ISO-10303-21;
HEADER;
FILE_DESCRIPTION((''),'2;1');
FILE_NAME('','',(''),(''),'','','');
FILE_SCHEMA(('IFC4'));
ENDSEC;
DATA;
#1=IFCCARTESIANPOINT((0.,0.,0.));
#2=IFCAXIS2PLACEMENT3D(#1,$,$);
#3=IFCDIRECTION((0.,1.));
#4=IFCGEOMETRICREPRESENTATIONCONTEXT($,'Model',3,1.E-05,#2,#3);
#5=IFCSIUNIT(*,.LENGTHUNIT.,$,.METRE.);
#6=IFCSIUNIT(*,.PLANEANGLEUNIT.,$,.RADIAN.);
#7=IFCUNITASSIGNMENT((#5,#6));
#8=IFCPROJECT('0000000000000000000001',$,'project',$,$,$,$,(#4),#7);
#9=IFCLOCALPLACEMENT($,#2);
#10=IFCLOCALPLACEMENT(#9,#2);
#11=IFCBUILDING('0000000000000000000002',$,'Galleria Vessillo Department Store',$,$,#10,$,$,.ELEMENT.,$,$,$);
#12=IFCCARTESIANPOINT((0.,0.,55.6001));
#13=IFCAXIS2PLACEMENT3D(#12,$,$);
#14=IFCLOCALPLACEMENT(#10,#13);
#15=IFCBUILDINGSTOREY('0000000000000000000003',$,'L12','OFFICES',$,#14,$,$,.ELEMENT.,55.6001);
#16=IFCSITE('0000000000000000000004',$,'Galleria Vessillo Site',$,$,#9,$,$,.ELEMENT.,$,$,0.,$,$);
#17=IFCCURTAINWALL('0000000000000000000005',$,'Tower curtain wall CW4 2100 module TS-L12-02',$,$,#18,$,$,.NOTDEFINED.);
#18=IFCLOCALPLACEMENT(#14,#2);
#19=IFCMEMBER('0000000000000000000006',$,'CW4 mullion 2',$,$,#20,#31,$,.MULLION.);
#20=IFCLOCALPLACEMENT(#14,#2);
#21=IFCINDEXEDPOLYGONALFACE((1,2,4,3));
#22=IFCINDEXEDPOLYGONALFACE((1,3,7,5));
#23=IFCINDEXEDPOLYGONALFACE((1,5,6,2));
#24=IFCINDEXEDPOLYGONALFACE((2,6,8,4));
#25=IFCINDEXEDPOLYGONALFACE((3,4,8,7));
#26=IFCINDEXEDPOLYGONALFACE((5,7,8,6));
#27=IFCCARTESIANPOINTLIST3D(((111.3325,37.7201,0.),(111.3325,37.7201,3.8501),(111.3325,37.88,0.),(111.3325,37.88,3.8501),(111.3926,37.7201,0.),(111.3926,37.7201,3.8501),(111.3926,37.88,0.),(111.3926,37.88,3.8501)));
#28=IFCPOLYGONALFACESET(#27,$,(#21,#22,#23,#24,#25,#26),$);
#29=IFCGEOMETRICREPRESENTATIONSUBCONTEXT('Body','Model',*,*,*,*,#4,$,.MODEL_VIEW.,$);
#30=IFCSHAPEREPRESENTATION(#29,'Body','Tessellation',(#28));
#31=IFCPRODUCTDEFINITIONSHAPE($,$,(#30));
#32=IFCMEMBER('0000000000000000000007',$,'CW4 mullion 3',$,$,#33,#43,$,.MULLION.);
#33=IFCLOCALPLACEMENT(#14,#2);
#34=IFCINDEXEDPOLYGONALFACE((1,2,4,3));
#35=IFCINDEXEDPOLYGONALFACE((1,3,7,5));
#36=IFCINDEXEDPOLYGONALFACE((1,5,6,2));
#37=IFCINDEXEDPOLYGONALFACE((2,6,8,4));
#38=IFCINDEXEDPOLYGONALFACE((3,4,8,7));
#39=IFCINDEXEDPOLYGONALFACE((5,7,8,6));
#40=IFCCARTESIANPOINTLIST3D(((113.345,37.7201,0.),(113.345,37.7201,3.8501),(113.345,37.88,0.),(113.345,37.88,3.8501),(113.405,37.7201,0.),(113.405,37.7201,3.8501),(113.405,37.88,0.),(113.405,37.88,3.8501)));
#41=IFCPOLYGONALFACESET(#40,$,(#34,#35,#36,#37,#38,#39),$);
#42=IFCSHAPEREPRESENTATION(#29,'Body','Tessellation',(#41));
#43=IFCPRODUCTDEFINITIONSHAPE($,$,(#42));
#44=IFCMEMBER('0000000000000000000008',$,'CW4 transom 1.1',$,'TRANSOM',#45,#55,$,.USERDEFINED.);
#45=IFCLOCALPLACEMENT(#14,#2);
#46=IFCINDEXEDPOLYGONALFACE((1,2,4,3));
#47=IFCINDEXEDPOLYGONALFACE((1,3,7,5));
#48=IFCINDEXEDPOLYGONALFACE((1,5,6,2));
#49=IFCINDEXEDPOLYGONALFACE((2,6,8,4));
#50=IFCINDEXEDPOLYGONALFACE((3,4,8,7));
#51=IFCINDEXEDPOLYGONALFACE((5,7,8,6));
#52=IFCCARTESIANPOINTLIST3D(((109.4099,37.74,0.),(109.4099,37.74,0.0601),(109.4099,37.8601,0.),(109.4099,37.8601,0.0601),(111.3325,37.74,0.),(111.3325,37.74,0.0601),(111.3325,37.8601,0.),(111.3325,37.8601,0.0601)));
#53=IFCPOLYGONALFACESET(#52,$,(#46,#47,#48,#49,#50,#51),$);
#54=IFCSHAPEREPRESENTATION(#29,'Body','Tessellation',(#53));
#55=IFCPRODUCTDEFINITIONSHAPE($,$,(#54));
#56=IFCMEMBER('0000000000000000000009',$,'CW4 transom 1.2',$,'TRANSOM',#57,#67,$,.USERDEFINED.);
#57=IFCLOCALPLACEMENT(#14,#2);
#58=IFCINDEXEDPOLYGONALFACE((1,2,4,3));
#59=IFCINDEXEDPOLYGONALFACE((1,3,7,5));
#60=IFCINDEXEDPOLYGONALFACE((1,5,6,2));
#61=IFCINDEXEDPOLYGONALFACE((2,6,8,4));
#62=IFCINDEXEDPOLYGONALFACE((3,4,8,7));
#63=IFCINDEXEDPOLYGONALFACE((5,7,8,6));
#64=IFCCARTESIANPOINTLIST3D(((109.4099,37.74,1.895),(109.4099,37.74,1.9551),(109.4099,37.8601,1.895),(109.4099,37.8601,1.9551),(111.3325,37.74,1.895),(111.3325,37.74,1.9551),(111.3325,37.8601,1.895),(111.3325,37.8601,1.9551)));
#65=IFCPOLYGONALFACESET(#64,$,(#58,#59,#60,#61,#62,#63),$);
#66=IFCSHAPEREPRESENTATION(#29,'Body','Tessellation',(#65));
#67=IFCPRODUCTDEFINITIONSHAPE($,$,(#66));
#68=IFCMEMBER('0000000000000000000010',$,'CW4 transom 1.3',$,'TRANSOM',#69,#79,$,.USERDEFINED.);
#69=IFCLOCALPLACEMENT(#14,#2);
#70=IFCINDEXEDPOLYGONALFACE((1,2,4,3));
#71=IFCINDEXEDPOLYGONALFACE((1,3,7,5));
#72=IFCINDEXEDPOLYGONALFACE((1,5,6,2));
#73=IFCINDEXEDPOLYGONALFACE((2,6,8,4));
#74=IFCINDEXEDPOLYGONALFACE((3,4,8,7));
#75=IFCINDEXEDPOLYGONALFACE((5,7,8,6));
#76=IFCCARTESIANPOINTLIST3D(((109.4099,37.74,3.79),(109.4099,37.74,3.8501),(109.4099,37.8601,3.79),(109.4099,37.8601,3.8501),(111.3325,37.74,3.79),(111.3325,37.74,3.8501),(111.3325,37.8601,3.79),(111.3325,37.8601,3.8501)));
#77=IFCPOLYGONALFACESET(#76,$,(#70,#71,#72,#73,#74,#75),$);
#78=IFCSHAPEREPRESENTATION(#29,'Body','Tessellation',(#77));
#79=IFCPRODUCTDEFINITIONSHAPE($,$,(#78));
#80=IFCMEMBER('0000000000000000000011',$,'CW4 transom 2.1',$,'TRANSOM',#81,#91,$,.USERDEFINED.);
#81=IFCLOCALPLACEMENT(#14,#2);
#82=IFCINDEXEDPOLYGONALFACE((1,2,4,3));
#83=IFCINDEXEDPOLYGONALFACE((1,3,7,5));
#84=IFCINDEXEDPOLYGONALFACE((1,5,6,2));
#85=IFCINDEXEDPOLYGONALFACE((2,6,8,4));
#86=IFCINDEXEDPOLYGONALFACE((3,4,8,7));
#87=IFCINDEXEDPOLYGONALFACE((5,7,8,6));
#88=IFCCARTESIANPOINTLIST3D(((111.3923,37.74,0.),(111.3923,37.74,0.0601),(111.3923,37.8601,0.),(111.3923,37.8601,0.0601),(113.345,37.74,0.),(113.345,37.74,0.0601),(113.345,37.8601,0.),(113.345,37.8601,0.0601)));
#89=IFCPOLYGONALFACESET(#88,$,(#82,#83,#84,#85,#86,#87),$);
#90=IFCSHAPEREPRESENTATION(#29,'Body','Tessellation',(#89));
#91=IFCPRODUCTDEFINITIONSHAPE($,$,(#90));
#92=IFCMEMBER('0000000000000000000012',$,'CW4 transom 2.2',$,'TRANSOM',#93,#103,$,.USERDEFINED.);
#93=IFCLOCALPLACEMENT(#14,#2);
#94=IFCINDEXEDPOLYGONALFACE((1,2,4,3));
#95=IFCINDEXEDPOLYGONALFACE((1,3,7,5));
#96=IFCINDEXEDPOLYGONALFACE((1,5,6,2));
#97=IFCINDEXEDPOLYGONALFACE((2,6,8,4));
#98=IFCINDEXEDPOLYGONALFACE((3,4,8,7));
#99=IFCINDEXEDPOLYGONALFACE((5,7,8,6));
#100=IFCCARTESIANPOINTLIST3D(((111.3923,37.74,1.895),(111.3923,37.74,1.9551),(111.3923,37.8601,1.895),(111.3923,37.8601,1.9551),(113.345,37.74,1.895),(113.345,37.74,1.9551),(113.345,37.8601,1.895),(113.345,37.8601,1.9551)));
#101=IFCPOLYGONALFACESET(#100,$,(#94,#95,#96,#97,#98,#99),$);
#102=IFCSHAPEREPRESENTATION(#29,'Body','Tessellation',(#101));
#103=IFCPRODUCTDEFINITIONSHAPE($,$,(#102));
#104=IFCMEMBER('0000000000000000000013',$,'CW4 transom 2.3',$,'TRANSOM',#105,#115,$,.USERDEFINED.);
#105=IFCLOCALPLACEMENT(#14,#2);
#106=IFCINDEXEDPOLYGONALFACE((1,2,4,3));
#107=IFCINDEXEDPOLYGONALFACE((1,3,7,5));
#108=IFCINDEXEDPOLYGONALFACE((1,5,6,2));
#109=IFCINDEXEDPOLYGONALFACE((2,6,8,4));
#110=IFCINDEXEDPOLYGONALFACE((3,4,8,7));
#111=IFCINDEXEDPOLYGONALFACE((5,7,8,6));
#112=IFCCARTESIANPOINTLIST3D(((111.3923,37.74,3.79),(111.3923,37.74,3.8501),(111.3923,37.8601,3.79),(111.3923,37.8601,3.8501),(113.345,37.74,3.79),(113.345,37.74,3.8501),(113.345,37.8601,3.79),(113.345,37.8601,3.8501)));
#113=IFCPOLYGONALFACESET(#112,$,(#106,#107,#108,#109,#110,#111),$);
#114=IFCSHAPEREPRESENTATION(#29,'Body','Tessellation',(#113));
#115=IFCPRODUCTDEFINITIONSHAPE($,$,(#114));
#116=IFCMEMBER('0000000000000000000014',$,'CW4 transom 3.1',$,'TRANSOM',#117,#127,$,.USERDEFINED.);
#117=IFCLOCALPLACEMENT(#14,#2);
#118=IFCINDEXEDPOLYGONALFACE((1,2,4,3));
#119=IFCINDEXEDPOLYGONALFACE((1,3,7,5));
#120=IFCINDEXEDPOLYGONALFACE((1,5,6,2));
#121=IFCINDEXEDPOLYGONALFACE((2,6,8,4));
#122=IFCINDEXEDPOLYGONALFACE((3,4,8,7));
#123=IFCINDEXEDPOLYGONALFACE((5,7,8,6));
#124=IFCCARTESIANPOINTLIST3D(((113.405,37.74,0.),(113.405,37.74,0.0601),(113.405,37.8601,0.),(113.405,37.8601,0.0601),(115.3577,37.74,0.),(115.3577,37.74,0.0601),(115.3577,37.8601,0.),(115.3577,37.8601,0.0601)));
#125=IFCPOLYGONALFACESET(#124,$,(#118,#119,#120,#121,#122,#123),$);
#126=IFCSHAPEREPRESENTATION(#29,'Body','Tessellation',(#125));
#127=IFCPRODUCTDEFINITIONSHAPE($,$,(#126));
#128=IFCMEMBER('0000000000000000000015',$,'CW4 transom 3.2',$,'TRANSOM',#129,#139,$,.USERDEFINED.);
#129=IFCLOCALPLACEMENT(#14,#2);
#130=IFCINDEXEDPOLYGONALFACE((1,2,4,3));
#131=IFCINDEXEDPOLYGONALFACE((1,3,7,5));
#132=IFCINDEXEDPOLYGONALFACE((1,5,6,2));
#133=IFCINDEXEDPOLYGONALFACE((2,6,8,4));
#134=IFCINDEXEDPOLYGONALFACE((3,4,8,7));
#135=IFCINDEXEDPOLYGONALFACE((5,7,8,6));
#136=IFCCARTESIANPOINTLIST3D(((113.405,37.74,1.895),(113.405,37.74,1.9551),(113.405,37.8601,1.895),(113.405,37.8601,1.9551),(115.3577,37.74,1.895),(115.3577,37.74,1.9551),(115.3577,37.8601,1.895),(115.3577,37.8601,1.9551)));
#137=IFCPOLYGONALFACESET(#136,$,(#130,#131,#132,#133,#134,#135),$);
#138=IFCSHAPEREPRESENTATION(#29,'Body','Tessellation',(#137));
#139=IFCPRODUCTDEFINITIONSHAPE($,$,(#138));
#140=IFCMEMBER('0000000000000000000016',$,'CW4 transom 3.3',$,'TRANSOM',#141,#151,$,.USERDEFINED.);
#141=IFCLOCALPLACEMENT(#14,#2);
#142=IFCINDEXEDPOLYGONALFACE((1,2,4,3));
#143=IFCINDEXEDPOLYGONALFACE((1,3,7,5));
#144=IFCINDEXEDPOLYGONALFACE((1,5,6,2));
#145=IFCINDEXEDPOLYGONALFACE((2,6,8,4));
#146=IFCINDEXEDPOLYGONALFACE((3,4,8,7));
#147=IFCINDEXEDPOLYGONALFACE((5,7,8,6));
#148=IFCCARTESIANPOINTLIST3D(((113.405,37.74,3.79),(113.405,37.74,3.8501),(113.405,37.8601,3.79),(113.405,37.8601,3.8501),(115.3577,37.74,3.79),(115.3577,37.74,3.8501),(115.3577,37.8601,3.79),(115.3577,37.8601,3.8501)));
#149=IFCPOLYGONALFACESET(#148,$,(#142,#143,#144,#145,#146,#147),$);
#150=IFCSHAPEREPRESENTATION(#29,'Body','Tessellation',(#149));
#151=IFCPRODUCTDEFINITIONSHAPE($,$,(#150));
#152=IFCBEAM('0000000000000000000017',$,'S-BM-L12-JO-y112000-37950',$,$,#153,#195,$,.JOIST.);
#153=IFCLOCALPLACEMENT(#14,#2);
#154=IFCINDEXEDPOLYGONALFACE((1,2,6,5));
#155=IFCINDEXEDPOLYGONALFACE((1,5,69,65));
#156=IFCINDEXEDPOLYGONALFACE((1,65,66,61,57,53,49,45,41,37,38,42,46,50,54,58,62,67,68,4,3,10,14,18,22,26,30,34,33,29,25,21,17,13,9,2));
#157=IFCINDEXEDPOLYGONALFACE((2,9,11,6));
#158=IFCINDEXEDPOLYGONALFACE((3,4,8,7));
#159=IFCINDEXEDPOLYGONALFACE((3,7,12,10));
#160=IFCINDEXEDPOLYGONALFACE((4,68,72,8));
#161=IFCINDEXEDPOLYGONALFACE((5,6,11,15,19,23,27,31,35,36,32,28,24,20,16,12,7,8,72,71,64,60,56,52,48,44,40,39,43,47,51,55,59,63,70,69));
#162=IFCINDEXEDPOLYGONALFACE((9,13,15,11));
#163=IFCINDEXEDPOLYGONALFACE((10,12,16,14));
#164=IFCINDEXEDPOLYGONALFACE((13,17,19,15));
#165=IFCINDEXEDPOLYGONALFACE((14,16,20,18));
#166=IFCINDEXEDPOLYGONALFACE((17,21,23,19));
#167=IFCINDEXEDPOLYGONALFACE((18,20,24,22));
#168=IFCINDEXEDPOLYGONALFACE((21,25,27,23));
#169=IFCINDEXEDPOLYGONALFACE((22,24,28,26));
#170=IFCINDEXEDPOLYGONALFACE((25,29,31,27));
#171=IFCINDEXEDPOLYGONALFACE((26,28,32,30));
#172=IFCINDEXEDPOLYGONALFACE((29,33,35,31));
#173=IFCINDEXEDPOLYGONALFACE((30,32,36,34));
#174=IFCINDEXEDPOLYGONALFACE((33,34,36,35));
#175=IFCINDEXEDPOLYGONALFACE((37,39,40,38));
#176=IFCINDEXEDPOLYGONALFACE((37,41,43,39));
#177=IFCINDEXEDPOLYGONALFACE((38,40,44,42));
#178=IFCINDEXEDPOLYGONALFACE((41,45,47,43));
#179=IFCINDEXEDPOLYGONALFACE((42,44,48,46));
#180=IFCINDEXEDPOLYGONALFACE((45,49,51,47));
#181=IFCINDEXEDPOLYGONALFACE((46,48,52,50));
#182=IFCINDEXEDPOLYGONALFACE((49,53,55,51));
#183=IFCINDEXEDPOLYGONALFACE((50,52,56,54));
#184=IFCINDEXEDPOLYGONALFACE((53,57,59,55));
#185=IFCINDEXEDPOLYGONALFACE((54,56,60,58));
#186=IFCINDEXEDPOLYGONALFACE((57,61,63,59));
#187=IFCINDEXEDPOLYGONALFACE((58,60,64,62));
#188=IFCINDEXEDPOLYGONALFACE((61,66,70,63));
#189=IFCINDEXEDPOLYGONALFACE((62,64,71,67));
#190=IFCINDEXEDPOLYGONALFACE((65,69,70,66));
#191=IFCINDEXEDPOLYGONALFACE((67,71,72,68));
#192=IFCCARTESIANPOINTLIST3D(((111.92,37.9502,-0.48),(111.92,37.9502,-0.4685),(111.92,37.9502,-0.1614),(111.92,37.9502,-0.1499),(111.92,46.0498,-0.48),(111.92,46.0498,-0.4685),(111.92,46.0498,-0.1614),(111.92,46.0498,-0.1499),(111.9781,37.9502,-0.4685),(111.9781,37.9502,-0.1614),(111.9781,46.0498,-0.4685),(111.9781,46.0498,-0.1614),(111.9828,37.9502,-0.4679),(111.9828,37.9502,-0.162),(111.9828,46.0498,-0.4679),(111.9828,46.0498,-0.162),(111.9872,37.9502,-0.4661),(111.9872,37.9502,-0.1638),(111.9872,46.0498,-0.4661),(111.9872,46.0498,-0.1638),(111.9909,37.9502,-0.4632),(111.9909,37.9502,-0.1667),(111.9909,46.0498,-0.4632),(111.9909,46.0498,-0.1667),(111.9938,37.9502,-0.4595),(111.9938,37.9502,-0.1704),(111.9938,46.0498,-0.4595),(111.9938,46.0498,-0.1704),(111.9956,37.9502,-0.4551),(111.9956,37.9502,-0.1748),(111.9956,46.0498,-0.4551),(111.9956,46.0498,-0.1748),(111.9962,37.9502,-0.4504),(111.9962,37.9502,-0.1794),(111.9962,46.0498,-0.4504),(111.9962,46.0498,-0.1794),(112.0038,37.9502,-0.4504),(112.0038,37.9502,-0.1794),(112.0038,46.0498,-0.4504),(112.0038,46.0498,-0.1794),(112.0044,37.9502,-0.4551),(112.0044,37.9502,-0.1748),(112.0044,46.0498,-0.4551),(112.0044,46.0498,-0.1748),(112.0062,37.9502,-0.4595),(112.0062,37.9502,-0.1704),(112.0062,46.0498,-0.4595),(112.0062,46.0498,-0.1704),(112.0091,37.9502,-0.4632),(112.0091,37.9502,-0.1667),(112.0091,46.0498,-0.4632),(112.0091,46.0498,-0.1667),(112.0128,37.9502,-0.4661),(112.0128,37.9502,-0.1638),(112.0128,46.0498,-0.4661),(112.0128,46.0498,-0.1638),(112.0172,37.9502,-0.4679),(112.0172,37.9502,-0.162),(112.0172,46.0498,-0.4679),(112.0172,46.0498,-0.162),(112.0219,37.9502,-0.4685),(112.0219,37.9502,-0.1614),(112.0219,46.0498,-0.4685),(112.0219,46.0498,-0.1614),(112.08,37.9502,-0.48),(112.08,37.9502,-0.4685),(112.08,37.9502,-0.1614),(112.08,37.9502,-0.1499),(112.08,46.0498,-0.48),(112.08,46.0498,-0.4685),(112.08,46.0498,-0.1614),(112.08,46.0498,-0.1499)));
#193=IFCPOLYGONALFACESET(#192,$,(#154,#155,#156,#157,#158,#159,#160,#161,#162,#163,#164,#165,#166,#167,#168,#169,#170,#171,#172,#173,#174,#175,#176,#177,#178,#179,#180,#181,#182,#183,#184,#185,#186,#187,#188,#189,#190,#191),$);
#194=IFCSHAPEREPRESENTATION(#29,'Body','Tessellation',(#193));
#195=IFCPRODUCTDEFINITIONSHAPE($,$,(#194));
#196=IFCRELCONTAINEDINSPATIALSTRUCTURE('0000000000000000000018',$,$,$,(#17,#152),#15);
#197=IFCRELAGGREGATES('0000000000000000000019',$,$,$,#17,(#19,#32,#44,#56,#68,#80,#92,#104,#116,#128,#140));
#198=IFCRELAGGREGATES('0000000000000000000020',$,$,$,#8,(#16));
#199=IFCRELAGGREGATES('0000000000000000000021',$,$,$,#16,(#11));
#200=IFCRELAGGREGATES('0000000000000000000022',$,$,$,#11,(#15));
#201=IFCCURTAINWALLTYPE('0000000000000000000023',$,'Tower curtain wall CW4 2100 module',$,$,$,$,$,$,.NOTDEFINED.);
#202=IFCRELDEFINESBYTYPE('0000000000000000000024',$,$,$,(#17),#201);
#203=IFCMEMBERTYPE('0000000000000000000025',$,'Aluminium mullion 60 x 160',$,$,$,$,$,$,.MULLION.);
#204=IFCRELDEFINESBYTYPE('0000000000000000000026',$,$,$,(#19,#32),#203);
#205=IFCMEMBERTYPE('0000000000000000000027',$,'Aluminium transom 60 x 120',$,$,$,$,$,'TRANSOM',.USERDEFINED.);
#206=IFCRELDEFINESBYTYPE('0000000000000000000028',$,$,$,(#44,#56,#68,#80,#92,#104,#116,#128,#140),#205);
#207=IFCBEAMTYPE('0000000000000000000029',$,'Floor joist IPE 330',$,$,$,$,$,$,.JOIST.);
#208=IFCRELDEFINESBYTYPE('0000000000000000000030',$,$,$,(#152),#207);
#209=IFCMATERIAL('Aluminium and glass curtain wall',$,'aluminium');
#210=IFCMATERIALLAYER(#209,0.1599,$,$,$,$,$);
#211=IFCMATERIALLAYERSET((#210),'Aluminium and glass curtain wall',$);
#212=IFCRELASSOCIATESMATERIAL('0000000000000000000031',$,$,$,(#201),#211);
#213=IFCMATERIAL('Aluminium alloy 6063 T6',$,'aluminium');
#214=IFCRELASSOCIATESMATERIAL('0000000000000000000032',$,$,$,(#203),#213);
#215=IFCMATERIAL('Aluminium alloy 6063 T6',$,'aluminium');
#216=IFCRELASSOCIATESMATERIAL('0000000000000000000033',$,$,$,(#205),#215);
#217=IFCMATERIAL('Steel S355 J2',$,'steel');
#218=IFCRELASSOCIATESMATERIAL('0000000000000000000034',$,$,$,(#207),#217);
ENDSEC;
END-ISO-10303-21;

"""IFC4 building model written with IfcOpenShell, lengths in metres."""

from ifc_helpers import new_model, si_unit, direction, frame, origin, origin_2d, place, context, subcontext, project, spatial, rectangle, i_section, extrude, material, layer, layer_set, material_profile, profile_set, type_object, element, aggregate, save


model = new_model("IFC4")

# Units and contexts
model_context = context("Model", 3, precision=1e-05, world=origin(), true_north=direction((0.0, 1.0)))
body_context = subcontext(model_context, "Body", "Model", "MODEL_VIEW")
ifc_project = project(units=[si_unit("LENGTHUNIT", "METRE"), si_unit("PLANEANGLEUNIT", "RADIAN")], contexts=[model_context])

# Site, building, storey
site_placement = place(None, origin())
site = spatial("IfcSite", under=ifc_project, at=site_placement, Name="Galleria Vessillo Site", CompositionType="ELEMENT", RefElevation=0.0)
building_placement = place(site_placement, origin())
building = spatial("IfcBuilding", under=site, at=building_placement, Name="Galleria Vessillo Department Store", CompositionType="ELEMENT")
storey_placement = place(building_placement, frame((0.0, 0.0, 55.6001)))
storey = spatial("IfcBuildingStorey", under=building, at=storey_placement, Name="L12", Description="OFFICES", CompositionType="ELEMENT", Elevation=55.6001)

# Curtain wall, members
ifc_material_1 = material(Name="Aluminium and glass curtain wall", Category="aluminium")
ifc_layer_1 = layer(ifc_material_1, 0.1599)
ifc_layer_set_1 = layer_set([ifc_layer_1], Name="Aluminium and glass curtain wall")
curtain_wall_type = type_object("IfcCurtainWallType", Name="Tower curtain wall CW4 2100 module", PredefinedType="NOTDEFINED", material=ifc_layer_set_1)
curtain_wall_placement = place(storey_placement, origin())
curtain_wall = element("IfcCurtainWall", 1, at=curtain_wall_placement, inside=storey, type_object=curtain_wall_type, Name="Tower curtain wall CW4 2100 module TS-L12-02", PredefinedType="NOTDEFINED")
ifc_material_2 = material(Name="Aluminium alloy 6063 T6", Category="aluminium")
ifc_material_profile_1 = material_profile(ifc_material_2, rectangle(XDim=0.1599, YDim=0.0601, at=origin_2d()), Name="AL 60x160")
ifc_profile_set_1 = profile_set([ifc_material_profile_1], Name="Aluminium alloy 6063 T6")
member_type_1 = type_object("IfcMemberType", Name="Aluminium mullion 60 x 160", PredefinedType="MULLION", material=ifc_profile_set_1)
member_1_placement = place(storey_placement, frame((111.3625, 37.8, 0.0), z_axis=(0.0, 0.0, 1.0), x_axis=(0.0, 1.0, 0.0)))
member_1 = element("IfcMember", 2, at=member_1_placement, type_object=member_type_1, Name="CW4 mullion 2", PredefinedType="MULLION", context=body_context, shape_type="SweptSolid", body=[
    extrude(rectangle(XDim=0.1599, YDim=0.0601, at=origin_2d()), origin(), (0.0, 0.0, 1.0), 3.8501),
])
member_2_placement = place(storey_placement, frame((113.375, 37.8, 0.0), z_axis=(0.0, 0.0, 1.0), x_axis=(0.0, 1.0, 0.0)))
member_2 = element("IfcMember", 3, at=member_2_placement, type_object=member_type_1, Name="CW4 mullion 3", PredefinedType="MULLION", context=body_context, shape_type="SweptSolid", body=[
    extrude(rectangle(XDim=0.1599, YDim=0.0601, at=origin_2d()), origin(), (0.0, 0.0, 1.0), 3.8501),
])
ifc_material_3 = material(Name="Aluminium alloy 6063 T6", Category="aluminium")
ifc_material_profile_2 = material_profile(ifc_material_3, rectangle(XDim=0.1201, YDim=0.0601, at=origin_2d()), Name="AL 60x120")
ifc_profile_set_2 = profile_set([ifc_material_profile_2], Name="Aluminium alloy 6063 T6")
member_type_2 = type_object("IfcMemberType", Name="Aluminium transom 60 x 120", ElementType="TRANSOM", PredefinedType="USERDEFINED", material=ifc_profile_set_2)
member_3_placement = place(storey_placement, frame((109.4099, 37.8, 0.03), z_axis=(1.0, 0.0, 0.0), x_axis=(0.0, 1.0, 0.0)))
member_3 = element("IfcMember", 4, at=member_3_placement, type_object=member_type_2, Name="CW4 transom 1.1", ObjectType="TRANSOM", PredefinedType="USERDEFINED", context=body_context, shape_type="SweptSolid", body=[
    extrude(rectangle(XDim=0.1201, YDim=0.0601, at=origin_2d()), origin(), (0.0, 0.0, 1.0), 1.9226),
])
member_4_placement = place(storey_placement, frame((109.4099, 37.8, 1.925), z_axis=(1.0, 0.0, 0.0), x_axis=(0.0, 1.0, 0.0)))
member_4 = element("IfcMember", 5, at=member_4_placement, type_object=member_type_2, Name="CW4 transom 1.2", ObjectType="TRANSOM", PredefinedType="USERDEFINED", context=body_context, shape_type="SweptSolid", body=[
    extrude(rectangle(XDim=0.1201, YDim=0.0601, at=origin_2d()), origin(), (0.0, 0.0, 1.0), 1.9226),
])
member_5_placement = place(storey_placement, frame((109.4099, 37.8, 3.8201), z_axis=(1.0, 0.0, 0.0), x_axis=(0.0, 1.0, 0.0)))
member_5 = element("IfcMember", 6, at=member_5_placement, type_object=member_type_2, Name="CW4 transom 1.3", ObjectType="TRANSOM", PredefinedType="USERDEFINED", context=body_context, shape_type="SweptSolid", body=[
    extrude(rectangle(XDim=0.1201, YDim=0.0601, at=origin_2d()), origin(), (0.0, 0.0, 1.0), 1.9226),
])
member_6_placement = place(storey_placement, frame((111.3923, 37.8, 0.03), z_axis=(1.0, 0.0, 0.0), x_axis=(0.0, 1.0, 0.0)))
member_6 = element("IfcMember", 7, at=member_6_placement, type_object=member_type_2, Name="CW4 transom 2.1", ObjectType="TRANSOM", PredefinedType="USERDEFINED", context=body_context, shape_type="SweptSolid", body=[
    extrude(rectangle(XDim=0.1201, YDim=0.0601, at=origin_2d()), origin(), (0.0, 0.0, 1.0), 1.9526),
])
member_7_placement = place(storey_placement, frame((111.3923, 37.8, 1.925), z_axis=(1.0, 0.0, 0.0), x_axis=(0.0, 1.0, 0.0)))
member_7 = element("IfcMember", 8, at=member_7_placement, type_object=member_type_2, Name="CW4 transom 2.2", ObjectType="TRANSOM", PredefinedType="USERDEFINED", context=body_context, shape_type="SweptSolid", body=[
    extrude(rectangle(XDim=0.1201, YDim=0.0601, at=origin_2d()), origin(), (0.0, 0.0, 1.0), 1.9526),
])
member_8_placement = place(storey_placement, frame((111.3923, 37.8, 3.8201), z_axis=(1.0, 0.0, 0.0), x_axis=(0.0, 1.0, 0.0)))
member_8 = element("IfcMember", 9, at=member_8_placement, type_object=member_type_2, Name="CW4 transom 2.3", ObjectType="TRANSOM", PredefinedType="USERDEFINED", context=body_context, shape_type="SweptSolid", body=[
    extrude(rectangle(XDim=0.1201, YDim=0.0601, at=origin_2d()), origin(), (0.0, 0.0, 1.0), 1.9526),
])
member_9_placement = place(storey_placement, frame((113.405, 37.8, 0.03), z_axis=(1.0, 0.0, 0.0), x_axis=(0.0, 1.0, 0.0)))
member_9 = element("IfcMember", 10, at=member_9_placement, type_object=member_type_2, Name="CW4 transom 3.1", ObjectType="TRANSOM", PredefinedType="USERDEFINED", context=body_context, shape_type="SweptSolid", body=[
    extrude(rectangle(XDim=0.1201, YDim=0.0601, at=origin_2d()), origin(), (0.0, 0.0, 1.0), 1.9526),
])
member_10_placement = place(storey_placement, frame((113.405, 37.8, 1.925), z_axis=(1.0, 0.0, 0.0), x_axis=(0.0, 1.0, 0.0)))
member_10 = element("IfcMember", 11, at=member_10_placement, type_object=member_type_2, Name="CW4 transom 3.2", ObjectType="TRANSOM", PredefinedType="USERDEFINED", context=body_context, shape_type="SweptSolid", body=[
    extrude(rectangle(XDim=0.1201, YDim=0.0601, at=origin_2d()), origin(), (0.0, 0.0, 1.0), 1.9526),
])
member_11_placement = place(storey_placement, frame((113.405, 37.8, 3.8201), z_axis=(1.0, 0.0, 0.0), x_axis=(0.0, 1.0, 0.0)))
member_11 = element("IfcMember", 12, at=member_11_placement, type_object=member_type_2, Name="CW4 transom 3.3", ObjectType="TRANSOM", PredefinedType="USERDEFINED", context=body_context, shape_type="SweptSolid", body=[
    extrude(rectangle(XDim=0.1201, YDim=0.0601, at=origin_2d()), origin(), (0.0, 0.0, 1.0), 1.9526),
])

# Beam
ifc_material_4 = material(Name="Steel S355 J2", Category="steel")
ifc_material_profile_3 = material_profile(ifc_material_4, i_section(OverallWidth=0.1599, OverallDepth=0.3301, WebThickness=0.0076, FlangeThickness=0.0115, FilletRadius=0.0181, at=origin_2d()), Name="IPE 330")
ifc_profile_set_3 = profile_set([ifc_material_profile_3], Name="Steel S355 J2")
beam_type = type_object("IfcBeamType", Name="Floor joist IPE 330", PredefinedType="JOIST", material=ifc_profile_set_3)
beam_placement = place(storey_placement, frame((112.0, 37.9502, -0.3149), z_axis=(0.0, 1.0, 0.0), x_axis=(-1.0, 0.0, 0.0)))
element("IfcBeam", 13, at=beam_placement, inside=storey, type_object=beam_type, Name="S-BM-L12-JO-y112000-37950", PredefinedType="JOIST", context=body_context, shape_type="SweptSolid", body=[
    extrude(i_section(OverallWidth=0.1599, OverallDepth=0.3301, WebThickness=0.0076, FlangeThickness=0.0115, FilletRadius=0.0181, at=origin_2d()), origin(), (0.0, 0.0, 1.0), 8.0996),
])

aggregate(curtain_wall, [member_1, member_2, member_3, member_4, member_5, member_6, member_7, member_8, member_9, member_10, member_11])

save(model, "model.ifc")
